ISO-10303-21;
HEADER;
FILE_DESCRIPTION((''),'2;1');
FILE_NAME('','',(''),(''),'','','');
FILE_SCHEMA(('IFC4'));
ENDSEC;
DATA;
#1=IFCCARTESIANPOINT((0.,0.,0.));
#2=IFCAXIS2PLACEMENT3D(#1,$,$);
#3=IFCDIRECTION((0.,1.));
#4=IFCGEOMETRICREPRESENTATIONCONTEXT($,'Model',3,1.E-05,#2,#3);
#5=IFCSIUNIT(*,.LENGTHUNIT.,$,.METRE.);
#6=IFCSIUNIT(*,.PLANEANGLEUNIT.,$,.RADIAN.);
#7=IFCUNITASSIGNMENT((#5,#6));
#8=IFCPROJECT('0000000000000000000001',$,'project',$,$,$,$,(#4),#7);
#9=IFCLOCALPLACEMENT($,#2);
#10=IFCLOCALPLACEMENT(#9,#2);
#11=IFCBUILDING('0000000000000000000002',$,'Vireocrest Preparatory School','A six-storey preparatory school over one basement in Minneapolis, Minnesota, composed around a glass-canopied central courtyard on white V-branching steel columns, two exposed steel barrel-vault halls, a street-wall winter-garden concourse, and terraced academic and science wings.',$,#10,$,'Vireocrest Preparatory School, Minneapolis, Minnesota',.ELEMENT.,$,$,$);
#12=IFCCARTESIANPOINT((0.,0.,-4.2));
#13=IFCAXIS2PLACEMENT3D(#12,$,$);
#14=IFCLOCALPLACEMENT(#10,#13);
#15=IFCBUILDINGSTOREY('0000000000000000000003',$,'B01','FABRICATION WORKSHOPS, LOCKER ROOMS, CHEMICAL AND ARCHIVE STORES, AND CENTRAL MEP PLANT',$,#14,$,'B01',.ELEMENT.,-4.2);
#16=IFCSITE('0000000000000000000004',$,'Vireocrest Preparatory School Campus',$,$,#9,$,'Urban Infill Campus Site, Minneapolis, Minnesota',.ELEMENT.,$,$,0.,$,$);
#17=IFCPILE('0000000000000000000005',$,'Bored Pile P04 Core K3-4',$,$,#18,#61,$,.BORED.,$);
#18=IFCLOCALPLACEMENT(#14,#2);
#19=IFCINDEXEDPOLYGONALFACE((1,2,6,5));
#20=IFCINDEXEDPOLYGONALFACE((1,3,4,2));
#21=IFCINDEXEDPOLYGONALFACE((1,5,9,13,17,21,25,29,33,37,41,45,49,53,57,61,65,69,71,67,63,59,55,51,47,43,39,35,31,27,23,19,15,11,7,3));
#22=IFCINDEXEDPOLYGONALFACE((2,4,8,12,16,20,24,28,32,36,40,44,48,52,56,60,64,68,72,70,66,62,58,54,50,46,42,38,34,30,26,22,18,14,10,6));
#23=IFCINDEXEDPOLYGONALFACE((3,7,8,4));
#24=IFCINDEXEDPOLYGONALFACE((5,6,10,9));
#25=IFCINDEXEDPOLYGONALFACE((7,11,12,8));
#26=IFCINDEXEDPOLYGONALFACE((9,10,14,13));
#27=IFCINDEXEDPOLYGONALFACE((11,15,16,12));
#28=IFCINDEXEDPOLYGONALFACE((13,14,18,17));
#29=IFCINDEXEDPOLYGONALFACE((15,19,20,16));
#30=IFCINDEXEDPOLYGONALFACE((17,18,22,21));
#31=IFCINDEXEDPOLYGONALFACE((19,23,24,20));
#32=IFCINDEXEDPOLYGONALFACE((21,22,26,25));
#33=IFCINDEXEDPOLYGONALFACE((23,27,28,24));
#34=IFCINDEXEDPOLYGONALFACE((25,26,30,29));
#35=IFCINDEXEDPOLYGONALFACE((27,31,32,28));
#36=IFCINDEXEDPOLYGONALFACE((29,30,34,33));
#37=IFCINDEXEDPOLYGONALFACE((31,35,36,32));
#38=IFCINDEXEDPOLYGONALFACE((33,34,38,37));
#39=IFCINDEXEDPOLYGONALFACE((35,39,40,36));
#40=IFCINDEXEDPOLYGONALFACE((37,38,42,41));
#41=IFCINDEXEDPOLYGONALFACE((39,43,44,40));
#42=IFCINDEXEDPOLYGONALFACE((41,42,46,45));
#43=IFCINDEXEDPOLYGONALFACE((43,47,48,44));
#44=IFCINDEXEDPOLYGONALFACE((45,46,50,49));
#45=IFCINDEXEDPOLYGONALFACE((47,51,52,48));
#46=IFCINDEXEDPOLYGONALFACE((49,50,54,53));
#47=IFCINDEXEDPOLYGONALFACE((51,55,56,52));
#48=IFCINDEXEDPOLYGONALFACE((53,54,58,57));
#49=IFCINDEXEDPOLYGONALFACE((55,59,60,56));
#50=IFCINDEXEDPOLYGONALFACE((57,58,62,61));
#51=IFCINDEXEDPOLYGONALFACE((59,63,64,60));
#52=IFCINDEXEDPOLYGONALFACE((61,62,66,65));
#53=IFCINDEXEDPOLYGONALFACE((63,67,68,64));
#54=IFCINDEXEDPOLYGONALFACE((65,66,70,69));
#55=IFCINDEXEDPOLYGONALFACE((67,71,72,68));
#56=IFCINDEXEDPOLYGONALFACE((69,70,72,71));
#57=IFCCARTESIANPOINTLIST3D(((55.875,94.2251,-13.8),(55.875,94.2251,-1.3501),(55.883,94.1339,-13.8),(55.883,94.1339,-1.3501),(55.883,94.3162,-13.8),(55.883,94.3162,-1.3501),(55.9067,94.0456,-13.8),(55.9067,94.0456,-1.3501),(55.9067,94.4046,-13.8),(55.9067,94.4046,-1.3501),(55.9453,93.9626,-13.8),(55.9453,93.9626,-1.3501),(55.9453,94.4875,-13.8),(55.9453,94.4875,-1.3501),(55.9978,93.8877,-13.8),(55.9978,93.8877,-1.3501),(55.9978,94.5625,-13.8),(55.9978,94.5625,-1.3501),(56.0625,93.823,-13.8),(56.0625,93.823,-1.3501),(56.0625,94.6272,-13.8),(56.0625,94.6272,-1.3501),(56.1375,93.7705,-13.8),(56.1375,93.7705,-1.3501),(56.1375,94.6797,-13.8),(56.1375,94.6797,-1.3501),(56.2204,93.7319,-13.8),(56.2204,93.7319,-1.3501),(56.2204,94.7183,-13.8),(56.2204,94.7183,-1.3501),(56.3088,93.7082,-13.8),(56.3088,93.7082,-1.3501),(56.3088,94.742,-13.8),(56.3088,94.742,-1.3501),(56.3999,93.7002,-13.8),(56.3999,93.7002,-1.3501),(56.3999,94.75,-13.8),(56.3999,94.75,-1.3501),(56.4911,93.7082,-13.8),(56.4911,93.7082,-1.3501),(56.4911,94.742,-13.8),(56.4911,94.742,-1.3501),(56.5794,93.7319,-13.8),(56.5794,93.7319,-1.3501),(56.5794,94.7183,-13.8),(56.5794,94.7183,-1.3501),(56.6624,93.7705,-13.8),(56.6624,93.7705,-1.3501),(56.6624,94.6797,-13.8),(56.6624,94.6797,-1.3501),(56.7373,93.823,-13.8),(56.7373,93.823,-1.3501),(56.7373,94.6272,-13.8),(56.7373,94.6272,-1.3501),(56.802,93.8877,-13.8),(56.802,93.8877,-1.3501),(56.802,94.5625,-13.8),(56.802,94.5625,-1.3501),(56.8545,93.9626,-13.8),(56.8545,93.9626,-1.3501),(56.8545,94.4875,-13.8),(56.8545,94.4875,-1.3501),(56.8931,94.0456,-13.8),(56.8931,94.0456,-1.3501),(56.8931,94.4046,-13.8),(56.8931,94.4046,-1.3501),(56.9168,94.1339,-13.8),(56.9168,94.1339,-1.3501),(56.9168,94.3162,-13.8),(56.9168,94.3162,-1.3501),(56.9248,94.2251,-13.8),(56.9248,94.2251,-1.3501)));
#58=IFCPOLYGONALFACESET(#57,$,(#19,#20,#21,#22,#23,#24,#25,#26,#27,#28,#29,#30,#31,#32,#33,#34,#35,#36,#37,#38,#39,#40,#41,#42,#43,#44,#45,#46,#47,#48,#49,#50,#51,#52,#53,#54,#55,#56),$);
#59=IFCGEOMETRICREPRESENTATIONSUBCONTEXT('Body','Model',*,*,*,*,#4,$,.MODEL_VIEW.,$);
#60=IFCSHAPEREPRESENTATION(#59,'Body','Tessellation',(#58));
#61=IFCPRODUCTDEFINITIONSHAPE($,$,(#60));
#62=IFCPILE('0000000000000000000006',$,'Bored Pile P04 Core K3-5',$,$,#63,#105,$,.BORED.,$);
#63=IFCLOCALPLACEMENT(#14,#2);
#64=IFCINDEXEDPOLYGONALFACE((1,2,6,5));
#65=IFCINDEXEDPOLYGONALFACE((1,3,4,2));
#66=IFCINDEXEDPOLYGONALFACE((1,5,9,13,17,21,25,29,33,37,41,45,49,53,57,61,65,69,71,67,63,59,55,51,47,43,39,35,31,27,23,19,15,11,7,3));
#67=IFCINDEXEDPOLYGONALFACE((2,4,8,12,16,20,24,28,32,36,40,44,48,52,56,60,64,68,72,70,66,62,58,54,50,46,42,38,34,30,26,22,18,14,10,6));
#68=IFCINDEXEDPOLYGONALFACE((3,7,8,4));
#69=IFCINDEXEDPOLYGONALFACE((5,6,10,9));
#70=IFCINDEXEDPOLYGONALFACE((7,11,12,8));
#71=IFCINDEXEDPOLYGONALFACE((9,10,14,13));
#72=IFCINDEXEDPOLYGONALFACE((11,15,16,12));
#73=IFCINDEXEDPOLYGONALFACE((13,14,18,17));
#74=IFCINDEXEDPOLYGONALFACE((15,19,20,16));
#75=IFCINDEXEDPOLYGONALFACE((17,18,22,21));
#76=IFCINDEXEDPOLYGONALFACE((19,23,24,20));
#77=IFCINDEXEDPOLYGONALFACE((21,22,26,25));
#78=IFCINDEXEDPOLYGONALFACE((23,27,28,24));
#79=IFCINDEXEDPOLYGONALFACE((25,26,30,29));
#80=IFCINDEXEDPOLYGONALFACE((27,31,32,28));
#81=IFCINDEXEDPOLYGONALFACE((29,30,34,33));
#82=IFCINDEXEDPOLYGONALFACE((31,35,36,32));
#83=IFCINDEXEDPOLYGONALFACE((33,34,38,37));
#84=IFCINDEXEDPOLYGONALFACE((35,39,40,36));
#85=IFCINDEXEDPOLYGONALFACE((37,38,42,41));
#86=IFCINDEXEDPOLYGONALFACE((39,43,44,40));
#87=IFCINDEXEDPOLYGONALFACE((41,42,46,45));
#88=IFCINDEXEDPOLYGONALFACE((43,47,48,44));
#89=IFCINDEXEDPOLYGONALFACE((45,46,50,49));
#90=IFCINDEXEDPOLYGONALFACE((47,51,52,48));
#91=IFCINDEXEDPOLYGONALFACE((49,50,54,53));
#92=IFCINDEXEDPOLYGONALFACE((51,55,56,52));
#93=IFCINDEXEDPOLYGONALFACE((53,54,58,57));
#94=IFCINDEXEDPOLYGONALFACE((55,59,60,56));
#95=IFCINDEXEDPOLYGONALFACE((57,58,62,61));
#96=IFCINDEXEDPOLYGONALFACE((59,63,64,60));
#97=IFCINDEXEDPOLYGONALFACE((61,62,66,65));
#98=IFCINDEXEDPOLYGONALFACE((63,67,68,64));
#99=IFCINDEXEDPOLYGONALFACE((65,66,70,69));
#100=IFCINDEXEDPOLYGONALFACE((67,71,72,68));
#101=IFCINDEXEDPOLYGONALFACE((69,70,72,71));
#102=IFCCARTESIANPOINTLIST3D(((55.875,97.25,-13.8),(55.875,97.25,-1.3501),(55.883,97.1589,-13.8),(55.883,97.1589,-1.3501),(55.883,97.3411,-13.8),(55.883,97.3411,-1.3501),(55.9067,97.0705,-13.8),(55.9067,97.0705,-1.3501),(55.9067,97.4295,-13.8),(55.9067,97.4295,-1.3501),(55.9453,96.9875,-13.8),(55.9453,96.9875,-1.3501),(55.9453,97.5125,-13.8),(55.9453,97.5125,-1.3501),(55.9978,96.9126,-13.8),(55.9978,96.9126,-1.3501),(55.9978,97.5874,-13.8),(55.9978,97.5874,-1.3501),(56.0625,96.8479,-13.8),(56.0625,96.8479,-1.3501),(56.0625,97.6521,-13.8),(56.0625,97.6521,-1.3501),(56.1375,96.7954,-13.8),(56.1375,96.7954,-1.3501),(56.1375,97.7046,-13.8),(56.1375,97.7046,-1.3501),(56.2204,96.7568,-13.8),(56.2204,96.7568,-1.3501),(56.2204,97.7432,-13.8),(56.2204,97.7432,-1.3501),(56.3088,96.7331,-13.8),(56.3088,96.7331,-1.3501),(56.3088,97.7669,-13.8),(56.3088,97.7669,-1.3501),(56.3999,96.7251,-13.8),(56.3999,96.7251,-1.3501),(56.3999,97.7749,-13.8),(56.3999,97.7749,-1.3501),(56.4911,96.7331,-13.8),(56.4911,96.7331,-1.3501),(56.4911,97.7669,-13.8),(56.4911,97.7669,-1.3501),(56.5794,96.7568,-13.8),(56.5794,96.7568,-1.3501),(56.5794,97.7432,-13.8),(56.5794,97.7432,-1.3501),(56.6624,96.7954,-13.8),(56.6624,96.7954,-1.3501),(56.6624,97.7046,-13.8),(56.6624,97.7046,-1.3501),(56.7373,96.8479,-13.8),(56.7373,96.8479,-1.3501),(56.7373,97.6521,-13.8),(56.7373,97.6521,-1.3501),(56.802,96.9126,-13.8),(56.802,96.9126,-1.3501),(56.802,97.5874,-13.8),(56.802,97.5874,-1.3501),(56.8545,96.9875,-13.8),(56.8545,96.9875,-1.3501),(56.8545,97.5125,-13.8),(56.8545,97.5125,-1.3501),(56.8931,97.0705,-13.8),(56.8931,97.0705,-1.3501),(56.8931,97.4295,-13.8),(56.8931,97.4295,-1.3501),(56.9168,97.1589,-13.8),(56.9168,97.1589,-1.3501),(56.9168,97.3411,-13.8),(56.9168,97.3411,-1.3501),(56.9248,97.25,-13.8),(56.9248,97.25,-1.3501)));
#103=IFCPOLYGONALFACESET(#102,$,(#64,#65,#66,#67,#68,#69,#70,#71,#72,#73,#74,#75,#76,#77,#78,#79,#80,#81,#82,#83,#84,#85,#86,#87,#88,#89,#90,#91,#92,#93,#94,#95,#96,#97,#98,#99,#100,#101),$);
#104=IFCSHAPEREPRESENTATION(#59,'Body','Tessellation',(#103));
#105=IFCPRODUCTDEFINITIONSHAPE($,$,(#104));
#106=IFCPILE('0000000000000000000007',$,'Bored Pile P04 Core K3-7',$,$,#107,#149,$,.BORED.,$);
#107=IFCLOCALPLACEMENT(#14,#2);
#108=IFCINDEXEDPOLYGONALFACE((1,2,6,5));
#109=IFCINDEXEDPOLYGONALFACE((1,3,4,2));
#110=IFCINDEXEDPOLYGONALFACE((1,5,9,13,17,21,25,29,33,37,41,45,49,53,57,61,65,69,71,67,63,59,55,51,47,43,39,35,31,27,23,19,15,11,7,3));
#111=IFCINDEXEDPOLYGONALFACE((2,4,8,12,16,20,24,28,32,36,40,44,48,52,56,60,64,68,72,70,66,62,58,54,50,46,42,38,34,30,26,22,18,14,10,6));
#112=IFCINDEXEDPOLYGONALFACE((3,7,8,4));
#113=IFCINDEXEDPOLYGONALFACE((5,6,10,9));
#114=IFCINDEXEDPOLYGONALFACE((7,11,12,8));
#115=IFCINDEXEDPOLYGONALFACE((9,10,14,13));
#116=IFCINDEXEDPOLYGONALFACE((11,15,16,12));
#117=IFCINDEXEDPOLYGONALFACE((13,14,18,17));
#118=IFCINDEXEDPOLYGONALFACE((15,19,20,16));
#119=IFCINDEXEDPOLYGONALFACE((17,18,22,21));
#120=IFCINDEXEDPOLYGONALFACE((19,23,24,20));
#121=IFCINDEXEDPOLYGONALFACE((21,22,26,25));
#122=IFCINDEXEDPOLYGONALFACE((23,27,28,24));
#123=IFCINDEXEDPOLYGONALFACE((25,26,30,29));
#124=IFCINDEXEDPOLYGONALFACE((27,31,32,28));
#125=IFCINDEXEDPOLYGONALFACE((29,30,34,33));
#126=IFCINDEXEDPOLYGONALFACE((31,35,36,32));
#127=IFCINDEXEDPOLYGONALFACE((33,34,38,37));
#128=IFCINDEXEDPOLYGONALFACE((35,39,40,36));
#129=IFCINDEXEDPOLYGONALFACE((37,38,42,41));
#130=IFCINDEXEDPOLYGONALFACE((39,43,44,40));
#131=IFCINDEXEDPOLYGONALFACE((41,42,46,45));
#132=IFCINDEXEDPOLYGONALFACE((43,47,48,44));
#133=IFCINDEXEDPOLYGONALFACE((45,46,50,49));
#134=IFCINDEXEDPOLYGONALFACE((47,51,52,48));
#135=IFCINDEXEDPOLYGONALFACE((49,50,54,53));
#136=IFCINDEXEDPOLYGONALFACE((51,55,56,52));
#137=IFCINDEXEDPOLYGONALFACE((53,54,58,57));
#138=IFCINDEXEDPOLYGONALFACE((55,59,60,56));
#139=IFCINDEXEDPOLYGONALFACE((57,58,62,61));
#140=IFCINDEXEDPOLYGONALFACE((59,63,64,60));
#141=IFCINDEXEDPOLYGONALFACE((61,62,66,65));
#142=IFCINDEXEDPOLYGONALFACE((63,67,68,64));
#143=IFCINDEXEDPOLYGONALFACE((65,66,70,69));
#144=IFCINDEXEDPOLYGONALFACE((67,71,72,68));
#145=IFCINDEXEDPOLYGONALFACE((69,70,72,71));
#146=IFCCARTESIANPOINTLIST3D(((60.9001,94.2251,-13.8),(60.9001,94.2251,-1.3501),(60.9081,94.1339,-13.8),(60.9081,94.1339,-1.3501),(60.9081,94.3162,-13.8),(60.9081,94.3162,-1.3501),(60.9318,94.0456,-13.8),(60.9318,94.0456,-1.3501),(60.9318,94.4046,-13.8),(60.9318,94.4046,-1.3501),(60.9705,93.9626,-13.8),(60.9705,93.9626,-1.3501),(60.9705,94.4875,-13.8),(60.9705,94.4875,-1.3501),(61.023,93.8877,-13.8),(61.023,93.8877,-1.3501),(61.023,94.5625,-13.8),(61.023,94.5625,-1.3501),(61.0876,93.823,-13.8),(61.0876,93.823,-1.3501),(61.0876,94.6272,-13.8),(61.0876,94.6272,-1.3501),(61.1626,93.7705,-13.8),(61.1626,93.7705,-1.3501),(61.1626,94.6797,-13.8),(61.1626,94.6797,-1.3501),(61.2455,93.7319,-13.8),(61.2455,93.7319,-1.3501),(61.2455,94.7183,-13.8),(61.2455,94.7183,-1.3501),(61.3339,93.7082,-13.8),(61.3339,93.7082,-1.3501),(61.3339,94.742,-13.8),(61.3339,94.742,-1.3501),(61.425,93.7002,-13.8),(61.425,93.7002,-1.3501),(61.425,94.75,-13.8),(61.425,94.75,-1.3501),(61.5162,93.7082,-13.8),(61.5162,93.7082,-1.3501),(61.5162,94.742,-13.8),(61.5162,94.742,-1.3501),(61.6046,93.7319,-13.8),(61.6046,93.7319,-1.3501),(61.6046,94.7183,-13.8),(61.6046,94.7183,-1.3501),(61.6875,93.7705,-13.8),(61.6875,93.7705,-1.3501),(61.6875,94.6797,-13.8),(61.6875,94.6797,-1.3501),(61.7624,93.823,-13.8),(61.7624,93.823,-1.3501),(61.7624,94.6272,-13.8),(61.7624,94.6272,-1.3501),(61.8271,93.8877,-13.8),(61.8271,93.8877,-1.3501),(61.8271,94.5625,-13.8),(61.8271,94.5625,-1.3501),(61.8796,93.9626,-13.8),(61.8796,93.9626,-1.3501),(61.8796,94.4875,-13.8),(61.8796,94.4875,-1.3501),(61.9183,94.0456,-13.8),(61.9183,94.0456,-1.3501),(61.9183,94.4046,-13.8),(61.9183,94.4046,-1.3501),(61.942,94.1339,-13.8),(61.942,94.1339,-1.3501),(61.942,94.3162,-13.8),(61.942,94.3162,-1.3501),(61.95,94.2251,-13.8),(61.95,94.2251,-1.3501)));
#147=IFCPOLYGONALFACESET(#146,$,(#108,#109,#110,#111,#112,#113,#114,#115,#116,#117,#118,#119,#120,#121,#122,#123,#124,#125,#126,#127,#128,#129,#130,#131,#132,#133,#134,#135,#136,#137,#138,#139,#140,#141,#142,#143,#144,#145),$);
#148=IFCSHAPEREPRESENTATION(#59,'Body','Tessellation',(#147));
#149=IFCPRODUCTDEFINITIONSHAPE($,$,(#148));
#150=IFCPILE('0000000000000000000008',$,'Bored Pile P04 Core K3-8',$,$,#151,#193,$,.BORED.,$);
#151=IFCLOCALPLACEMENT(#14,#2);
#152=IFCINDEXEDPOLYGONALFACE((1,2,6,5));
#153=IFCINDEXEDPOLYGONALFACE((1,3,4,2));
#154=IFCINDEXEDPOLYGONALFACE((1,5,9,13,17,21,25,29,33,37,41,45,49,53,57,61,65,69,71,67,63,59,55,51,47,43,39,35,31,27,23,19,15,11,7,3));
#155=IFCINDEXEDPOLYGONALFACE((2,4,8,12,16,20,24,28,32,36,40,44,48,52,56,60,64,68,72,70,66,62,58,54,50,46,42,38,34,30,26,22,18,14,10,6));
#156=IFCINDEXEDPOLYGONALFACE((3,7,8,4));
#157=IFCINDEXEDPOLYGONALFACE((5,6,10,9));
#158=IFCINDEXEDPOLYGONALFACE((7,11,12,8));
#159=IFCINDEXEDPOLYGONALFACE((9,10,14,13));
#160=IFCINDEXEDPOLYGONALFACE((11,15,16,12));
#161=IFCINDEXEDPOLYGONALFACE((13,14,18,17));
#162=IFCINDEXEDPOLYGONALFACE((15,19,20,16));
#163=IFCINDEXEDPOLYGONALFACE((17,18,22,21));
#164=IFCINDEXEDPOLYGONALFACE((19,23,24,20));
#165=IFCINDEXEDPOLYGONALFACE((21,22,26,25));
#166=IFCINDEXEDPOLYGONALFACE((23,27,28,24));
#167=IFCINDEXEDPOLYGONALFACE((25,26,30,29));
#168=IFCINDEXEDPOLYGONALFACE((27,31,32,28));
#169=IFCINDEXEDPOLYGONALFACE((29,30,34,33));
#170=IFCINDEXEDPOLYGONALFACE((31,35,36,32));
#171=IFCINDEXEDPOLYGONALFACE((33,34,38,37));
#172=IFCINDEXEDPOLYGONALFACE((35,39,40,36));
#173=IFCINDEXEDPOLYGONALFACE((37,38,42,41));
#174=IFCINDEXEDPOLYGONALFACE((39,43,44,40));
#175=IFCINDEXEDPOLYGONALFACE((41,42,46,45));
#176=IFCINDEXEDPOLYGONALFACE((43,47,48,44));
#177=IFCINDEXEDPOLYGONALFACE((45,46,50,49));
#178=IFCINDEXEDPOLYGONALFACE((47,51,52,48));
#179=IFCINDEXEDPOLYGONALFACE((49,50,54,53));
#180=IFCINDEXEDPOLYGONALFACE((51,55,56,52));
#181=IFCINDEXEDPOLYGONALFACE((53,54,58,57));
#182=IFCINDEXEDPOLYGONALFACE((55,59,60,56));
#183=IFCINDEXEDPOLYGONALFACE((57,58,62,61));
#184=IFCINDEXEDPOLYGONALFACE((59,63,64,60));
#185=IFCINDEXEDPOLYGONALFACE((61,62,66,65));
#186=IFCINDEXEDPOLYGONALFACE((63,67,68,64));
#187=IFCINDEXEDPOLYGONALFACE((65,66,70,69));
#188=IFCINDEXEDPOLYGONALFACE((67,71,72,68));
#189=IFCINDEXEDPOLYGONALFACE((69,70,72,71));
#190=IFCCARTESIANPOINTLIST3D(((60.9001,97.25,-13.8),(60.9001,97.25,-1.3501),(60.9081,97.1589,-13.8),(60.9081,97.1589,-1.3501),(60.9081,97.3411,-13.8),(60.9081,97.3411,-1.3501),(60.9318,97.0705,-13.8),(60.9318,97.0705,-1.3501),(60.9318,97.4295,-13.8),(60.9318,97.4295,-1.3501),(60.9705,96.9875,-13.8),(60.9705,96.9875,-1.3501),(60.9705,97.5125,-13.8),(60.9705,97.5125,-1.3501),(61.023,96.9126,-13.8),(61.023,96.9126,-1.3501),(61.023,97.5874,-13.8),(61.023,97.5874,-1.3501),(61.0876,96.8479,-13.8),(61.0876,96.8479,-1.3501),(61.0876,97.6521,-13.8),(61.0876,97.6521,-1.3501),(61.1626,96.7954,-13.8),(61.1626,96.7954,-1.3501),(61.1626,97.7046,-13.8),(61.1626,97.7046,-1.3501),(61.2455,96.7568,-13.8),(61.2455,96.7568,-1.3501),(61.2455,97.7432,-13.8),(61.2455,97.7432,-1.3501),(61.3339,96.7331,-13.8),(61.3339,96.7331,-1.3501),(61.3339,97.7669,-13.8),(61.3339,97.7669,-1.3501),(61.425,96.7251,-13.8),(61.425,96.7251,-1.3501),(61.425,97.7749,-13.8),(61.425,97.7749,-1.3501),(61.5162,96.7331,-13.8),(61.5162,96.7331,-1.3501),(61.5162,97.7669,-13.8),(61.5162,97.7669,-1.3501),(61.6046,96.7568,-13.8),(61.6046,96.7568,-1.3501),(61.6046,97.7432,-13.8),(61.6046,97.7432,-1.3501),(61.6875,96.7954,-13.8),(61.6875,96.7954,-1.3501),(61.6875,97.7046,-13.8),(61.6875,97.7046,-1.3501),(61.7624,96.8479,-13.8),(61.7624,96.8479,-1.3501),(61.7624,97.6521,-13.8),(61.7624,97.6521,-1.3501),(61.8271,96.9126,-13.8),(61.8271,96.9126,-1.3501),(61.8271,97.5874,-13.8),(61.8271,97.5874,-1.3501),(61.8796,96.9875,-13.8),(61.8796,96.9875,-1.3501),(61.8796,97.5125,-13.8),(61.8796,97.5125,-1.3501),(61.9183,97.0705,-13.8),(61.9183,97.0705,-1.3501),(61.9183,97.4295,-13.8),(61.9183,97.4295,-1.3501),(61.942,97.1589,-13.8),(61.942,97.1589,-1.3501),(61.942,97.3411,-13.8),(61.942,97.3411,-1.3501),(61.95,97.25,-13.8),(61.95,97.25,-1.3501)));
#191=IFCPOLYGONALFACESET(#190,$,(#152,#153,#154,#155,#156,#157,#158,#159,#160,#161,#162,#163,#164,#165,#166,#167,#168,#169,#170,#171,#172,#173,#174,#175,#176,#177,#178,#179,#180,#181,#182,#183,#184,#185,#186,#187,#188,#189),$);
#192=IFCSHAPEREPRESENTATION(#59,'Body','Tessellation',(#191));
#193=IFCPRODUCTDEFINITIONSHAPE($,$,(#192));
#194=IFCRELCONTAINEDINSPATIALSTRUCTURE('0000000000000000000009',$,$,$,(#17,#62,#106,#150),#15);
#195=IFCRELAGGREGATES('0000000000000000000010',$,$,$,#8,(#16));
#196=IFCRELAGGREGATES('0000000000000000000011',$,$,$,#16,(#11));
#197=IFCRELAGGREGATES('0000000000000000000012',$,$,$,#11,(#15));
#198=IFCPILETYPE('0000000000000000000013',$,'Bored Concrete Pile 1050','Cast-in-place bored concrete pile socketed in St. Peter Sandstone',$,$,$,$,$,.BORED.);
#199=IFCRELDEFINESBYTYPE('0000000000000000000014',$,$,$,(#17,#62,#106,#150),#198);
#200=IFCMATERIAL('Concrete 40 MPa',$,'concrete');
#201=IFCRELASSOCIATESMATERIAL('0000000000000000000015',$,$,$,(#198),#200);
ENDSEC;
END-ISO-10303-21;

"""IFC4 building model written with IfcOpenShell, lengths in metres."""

from ifc_helpers import new_model, si_unit, direction, frame, origin, origin_2d, place, context, subcontext, project, spatial, circle, extrude, material, material_profile, profile_set, type_object, element, save


model = new_model("IFC4")

# Units and contexts
model_context = context("Model", 3, precision=1e-05, world=origin(), true_north=direction((0.0, 1.0)))
body_context = subcontext(model_context, "Body", "Model", "MODEL_VIEW")
ifc_project = project(units=[si_unit("LENGTHUNIT", "METRE"), si_unit("PLANEANGLEUNIT", "RADIAN")], contexts=[model_context])

# Site, building, storey
site_placement = place(None, origin())
site = spatial("IfcSite", under=ifc_project, at=site_placement, Name="Vireocrest Preparatory School Campus", LongName="Urban Infill Campus Site, Minneapolis, Minnesota", CompositionType="ELEMENT", RefElevation=0.0)
building_placement = place(site_placement, origin())
building = spatial("IfcBuilding", under=site, at=building_placement, Name="Vireocrest Preparatory School", Description="A six-storey preparatory school over one basement in Minneapolis, Minnesota, composed around a glass-canopied central courtyard on white V-branching steel columns, two exposed steel barrel-vault halls, a street-wall winter-garden concourse, and terraced academic and science wings.", LongName="Vireocrest Preparatory School, Minneapolis, Minnesota", CompositionType="ELEMENT")
storey_placement = place(building_placement, frame((0.0, 0.0, -4.2)))
storey = spatial("IfcBuildingStorey", under=building, at=storey_placement, Name="B01", Description="FABRICATION WORKSHOPS, LOCKER ROOMS, CHEMICAL AND ARCHIVE STORES, AND CENTRAL MEP PLANT", LongName="B01", CompositionType="ELEMENT", Elevation=-4.2)

# Piles
ifc_material_1 = material(Name="Concrete 40 MPa", Category="concrete")
ifc_material_profile_1 = material_profile(ifc_material_1, circle(Radius=0.5249, at=origin_2d()), Name="BORED PILE 1050")
ifc_profile_set_1 = profile_set([ifc_material_profile_1], Name="Concrete 40 MPa")
pile_type_1 = type_object("IfcPileType", Name="Bored Concrete Pile 1050", Description="Cast-in-place bored concrete pile socketed in St. Peter Sandstone", PredefinedType="BORED", material=ifc_profile_set_1)
for number, where, z_axis, x_axis, name in (
    (1, (56.3999, 94.2251, -1.3501), (0.0, 0.0, -1.0), (1.0, 0.0, 0.0), "Bored Pile P04 Core K3-4"),
    (2, (56.3999, 97.25, -1.3501), (0.0, 0.0, -1.0), (1.0, 0.0, 0.0), "Bored Pile P04 Core K3-5"),
    (3, (61.425, 94.2251, -1.3501), (0.0, 0.0, -1.0), (1.0, 0.0, 0.0), "Bored Pile P04 Core K3-7"),
    (4, (61.425, 97.25, -1.3501), (0.0, 0.0, -1.0), (1.0, 0.0, 0.0), "Bored Pile P04 Core K3-8"),
):
    element("IfcPile", number, at=place(storey_placement, frame(where, z_axis=z_axis, x_axis=x_axis)), inside=storey, type_object=pile_type_1, Name=name, PredefinedType="BORED", context=body_context, shape_type="SweptSolid", body=[
        extrude(circle(Radius=0.5249, at=origin_2d()), origin(), (0.0, 0.0, 1.0), 12.45),
    ])

save(model, "model.ifc")
